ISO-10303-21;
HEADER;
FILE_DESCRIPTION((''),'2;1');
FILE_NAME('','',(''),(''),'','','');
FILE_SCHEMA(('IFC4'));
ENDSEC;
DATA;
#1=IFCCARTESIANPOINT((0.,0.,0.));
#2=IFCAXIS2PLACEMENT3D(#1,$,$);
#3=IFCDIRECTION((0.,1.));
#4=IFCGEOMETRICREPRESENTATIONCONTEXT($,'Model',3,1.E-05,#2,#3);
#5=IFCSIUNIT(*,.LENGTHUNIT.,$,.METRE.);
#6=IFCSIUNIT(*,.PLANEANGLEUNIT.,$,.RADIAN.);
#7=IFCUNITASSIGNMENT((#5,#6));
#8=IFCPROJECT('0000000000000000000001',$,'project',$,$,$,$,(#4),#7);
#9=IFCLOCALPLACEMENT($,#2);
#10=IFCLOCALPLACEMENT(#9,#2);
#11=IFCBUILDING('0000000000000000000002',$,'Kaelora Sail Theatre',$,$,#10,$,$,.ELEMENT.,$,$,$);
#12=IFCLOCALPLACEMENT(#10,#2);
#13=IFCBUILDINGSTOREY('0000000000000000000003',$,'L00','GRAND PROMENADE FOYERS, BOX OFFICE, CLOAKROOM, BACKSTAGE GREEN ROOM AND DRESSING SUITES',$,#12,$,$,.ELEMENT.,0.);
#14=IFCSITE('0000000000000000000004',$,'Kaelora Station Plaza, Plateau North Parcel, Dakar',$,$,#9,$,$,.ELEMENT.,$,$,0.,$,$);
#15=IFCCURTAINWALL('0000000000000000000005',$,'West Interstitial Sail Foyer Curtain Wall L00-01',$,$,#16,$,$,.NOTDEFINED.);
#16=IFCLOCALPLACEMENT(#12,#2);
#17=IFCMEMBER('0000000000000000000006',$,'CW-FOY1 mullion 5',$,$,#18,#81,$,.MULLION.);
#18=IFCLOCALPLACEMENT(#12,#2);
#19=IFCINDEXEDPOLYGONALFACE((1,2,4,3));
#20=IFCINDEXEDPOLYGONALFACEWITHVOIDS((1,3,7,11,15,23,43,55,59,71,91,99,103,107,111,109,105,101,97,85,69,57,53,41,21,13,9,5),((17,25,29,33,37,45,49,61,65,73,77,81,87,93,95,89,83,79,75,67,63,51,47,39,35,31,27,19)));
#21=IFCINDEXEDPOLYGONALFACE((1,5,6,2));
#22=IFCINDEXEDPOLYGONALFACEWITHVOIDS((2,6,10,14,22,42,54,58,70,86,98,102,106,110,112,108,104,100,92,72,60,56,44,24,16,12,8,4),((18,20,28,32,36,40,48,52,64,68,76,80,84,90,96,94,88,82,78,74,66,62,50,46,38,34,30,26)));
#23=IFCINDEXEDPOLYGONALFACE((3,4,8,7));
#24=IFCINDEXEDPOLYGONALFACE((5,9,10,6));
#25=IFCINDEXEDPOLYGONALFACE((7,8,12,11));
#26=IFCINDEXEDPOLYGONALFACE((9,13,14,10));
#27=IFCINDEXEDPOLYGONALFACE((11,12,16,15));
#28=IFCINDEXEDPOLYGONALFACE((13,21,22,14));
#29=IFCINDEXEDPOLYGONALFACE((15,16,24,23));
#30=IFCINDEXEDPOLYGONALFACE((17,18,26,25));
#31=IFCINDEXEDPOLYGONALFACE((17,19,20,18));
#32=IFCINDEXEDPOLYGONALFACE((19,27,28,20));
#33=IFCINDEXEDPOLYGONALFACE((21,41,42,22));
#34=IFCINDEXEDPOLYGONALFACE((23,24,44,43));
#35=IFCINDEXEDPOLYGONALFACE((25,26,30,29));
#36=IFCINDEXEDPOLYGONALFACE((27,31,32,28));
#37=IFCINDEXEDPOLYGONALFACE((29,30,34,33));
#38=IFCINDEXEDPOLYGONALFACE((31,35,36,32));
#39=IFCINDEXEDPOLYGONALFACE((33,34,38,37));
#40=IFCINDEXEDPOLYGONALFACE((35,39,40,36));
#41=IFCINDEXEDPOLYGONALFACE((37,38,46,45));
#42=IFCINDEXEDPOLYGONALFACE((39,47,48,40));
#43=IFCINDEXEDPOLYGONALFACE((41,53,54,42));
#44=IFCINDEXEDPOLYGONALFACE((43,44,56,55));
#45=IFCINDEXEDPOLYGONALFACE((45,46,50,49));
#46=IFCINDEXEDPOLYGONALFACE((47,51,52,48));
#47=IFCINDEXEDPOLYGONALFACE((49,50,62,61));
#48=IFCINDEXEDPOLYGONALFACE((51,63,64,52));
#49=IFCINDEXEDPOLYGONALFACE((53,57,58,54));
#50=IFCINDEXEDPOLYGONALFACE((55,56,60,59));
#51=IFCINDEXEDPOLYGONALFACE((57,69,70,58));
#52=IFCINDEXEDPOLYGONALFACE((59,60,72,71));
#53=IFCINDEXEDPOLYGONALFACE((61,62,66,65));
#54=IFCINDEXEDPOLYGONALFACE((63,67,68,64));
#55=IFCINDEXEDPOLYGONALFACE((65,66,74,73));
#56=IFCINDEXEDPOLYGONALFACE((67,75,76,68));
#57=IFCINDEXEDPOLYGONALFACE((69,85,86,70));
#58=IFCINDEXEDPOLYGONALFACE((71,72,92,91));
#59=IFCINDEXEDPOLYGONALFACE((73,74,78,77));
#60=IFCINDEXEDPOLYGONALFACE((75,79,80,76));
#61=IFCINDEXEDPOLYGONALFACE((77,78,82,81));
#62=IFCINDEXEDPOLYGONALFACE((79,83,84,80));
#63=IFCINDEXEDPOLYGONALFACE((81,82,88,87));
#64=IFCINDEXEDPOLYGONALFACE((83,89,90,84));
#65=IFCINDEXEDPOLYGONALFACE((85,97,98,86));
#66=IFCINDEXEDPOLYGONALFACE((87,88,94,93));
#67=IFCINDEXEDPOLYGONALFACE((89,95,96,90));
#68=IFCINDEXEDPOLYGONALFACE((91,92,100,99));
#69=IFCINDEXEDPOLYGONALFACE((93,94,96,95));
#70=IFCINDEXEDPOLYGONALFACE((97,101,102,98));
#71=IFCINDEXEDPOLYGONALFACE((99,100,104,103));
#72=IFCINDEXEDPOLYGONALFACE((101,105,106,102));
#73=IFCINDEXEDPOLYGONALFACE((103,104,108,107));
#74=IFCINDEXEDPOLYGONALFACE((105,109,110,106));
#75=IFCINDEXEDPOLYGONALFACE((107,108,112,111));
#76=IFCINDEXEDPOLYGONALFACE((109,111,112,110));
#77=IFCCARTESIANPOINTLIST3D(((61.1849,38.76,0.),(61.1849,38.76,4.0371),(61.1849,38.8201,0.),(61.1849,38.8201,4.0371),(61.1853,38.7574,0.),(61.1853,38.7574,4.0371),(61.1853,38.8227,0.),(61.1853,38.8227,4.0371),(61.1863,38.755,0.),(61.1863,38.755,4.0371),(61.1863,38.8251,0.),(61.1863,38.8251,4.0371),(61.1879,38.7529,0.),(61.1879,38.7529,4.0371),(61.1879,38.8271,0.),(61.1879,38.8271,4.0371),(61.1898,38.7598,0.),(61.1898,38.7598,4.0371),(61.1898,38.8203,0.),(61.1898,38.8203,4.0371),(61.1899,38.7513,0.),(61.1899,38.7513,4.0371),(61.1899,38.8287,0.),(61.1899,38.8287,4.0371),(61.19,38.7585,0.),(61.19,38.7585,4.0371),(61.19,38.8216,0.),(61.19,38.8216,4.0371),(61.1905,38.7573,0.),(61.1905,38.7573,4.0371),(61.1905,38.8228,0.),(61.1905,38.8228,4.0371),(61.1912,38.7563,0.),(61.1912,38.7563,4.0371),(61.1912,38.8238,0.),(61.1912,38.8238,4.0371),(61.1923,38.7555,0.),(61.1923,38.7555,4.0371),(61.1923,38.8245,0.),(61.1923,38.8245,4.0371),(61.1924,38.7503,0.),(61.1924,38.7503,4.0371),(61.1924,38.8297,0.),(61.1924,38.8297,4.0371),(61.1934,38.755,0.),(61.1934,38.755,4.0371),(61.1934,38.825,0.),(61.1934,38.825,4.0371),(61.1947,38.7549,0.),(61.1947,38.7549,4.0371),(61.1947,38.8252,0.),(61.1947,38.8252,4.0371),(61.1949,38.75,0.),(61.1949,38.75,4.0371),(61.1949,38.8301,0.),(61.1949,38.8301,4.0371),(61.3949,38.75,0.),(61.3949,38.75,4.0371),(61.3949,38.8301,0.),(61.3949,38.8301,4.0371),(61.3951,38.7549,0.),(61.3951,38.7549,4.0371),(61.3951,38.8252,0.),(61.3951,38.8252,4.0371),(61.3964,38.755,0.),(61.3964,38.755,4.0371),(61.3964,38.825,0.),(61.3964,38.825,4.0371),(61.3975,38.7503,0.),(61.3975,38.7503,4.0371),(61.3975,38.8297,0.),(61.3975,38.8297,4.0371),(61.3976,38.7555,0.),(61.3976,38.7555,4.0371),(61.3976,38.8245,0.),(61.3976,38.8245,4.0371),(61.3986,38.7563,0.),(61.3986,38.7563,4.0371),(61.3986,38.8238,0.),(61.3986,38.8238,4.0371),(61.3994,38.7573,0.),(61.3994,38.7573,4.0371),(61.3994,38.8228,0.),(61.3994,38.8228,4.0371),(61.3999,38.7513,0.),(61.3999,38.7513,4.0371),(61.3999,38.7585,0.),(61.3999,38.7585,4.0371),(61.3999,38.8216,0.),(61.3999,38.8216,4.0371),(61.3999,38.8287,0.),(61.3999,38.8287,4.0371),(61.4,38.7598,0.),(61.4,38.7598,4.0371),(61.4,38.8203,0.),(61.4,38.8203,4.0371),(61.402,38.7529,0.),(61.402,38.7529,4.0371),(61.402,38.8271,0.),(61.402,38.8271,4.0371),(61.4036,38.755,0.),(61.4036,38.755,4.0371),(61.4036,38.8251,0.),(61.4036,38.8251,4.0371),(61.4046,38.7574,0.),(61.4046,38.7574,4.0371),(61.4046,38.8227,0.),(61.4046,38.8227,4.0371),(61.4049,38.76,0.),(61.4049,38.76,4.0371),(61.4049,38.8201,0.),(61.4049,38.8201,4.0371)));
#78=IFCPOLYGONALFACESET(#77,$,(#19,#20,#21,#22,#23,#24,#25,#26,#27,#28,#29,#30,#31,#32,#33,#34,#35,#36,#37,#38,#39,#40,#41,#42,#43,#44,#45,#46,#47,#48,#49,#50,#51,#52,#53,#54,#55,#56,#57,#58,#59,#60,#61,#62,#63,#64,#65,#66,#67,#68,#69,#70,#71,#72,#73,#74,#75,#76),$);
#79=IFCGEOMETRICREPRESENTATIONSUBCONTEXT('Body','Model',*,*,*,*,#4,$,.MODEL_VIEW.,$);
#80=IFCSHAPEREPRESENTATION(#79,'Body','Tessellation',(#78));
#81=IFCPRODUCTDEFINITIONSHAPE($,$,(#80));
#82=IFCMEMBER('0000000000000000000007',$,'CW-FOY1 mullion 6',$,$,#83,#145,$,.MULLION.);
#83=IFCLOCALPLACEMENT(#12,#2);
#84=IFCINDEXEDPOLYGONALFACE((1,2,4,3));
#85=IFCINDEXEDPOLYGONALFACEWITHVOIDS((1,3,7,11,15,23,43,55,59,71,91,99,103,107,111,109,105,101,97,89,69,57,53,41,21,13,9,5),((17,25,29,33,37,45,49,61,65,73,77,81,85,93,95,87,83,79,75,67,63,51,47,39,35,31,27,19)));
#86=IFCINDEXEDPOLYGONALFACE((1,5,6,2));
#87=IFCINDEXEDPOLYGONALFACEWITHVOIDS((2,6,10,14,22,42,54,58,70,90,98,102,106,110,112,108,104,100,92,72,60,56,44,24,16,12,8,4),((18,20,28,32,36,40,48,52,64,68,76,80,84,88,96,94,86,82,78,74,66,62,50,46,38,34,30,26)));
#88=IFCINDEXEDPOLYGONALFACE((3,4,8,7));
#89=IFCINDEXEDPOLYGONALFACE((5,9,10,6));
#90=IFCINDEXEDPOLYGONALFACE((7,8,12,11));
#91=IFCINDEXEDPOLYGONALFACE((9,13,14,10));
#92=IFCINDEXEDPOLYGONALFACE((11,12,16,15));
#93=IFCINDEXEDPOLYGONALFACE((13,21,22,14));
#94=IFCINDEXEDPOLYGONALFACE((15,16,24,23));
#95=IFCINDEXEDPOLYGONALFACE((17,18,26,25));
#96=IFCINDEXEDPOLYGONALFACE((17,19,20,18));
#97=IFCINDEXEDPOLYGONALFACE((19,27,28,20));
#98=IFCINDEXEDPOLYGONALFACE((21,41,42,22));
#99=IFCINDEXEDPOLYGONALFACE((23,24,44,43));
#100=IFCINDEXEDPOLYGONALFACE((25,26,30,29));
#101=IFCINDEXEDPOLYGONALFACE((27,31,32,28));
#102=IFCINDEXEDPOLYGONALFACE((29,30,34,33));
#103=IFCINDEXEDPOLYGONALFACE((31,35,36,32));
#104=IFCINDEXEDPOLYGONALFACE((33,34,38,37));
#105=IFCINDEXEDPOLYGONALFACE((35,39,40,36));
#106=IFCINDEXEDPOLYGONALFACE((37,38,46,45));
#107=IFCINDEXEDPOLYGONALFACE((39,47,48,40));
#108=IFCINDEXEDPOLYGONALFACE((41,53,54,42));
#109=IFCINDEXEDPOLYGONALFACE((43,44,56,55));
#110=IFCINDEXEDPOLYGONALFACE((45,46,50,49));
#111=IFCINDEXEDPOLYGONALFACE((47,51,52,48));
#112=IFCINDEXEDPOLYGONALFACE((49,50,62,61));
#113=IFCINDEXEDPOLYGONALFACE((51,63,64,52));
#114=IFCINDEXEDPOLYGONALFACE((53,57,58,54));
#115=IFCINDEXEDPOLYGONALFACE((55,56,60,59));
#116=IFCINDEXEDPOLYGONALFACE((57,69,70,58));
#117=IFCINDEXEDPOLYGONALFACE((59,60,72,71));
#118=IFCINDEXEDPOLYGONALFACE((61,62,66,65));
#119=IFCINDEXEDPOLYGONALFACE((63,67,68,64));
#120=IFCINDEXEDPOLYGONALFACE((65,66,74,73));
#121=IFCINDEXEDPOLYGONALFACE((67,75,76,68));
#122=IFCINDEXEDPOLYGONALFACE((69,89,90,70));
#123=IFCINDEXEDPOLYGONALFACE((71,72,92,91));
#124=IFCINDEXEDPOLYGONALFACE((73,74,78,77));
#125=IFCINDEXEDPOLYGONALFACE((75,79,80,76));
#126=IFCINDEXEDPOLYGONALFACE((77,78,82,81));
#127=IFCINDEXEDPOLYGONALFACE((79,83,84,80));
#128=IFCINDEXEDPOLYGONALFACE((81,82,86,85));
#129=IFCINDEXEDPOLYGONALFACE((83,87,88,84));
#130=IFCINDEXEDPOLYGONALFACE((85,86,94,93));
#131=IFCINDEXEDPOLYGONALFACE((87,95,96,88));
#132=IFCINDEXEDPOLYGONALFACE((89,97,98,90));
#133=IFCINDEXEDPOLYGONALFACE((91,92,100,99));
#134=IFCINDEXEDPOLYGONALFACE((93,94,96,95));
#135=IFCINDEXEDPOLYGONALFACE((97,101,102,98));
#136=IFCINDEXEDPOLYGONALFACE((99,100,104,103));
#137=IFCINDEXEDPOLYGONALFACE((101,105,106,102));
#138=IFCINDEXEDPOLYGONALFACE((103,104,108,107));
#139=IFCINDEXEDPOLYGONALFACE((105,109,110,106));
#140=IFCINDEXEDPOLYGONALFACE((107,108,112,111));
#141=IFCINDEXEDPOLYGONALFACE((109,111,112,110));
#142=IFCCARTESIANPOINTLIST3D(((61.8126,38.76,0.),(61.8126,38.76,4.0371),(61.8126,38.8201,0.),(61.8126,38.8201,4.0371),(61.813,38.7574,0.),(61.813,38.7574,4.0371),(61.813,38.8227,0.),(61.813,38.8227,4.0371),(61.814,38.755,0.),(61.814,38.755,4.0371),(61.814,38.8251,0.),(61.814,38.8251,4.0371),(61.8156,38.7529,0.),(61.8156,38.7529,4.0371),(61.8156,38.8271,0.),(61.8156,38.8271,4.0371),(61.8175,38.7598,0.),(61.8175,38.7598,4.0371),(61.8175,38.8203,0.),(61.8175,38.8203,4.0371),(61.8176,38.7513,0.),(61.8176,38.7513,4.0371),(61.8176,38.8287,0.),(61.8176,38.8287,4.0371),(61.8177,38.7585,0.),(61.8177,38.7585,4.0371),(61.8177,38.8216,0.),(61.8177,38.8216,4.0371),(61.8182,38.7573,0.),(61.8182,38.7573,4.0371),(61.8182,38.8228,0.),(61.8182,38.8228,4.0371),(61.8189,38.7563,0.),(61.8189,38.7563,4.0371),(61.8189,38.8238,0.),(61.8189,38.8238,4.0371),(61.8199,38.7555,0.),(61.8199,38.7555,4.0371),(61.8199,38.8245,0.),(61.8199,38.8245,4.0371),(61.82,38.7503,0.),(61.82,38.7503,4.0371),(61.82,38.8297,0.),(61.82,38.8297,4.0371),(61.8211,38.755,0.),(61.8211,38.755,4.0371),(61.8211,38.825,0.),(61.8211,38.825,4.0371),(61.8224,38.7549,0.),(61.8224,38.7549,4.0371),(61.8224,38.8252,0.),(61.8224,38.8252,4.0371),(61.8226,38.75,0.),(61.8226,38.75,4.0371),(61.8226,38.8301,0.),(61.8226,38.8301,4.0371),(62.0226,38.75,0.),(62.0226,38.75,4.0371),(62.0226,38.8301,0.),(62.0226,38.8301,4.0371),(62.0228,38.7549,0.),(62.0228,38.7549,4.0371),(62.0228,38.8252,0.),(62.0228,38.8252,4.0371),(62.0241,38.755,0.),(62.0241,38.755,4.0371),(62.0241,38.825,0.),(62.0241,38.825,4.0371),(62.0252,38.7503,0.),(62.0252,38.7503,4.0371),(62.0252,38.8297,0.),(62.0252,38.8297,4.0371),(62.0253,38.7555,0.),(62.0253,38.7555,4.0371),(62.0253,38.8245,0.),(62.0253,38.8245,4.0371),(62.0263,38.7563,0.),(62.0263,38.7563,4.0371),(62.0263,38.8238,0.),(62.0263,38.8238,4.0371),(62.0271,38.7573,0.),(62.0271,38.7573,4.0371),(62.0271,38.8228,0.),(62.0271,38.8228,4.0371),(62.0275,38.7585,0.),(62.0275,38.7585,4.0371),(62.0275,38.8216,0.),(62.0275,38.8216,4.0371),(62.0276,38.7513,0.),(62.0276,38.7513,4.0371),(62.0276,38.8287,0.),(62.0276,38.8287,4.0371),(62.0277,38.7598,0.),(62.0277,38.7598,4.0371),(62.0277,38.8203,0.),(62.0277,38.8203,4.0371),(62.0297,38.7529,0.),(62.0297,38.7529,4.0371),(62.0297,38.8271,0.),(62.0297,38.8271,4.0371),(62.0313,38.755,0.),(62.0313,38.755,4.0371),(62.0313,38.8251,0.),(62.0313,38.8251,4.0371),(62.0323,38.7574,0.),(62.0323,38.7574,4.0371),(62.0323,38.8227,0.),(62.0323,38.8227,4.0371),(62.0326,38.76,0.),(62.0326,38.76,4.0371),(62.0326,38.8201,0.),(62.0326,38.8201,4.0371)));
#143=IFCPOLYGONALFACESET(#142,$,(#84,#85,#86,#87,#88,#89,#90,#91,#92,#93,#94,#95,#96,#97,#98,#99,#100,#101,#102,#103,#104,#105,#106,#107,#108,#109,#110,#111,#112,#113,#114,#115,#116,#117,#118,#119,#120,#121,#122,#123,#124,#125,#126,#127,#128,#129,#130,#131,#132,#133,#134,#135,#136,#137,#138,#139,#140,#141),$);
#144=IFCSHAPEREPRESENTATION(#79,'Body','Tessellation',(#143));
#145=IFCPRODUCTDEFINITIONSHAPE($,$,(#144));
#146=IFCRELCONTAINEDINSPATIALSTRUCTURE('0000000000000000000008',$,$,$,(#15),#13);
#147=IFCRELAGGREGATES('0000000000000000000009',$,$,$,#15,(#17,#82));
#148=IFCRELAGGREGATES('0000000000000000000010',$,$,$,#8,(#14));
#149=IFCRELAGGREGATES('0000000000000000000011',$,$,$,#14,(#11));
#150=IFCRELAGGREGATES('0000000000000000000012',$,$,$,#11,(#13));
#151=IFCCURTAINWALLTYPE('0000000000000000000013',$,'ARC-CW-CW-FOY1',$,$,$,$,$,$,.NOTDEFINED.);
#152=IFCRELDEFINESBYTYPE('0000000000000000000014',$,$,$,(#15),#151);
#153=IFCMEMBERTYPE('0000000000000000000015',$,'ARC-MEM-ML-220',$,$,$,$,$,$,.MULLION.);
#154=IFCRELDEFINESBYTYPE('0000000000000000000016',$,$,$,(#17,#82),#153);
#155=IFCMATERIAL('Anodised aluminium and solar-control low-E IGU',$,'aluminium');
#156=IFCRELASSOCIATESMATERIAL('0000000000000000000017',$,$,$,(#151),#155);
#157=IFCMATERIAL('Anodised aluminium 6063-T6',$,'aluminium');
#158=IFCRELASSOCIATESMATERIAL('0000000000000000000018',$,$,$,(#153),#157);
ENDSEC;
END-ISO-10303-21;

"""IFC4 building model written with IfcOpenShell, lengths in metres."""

from ifc_helpers import new_model, si_unit, direction, frame, origin, origin_2d, place, context, subcontext, project, spatial, hollow_rectangle, extrude, material, material_profile, profile_set, type_object, element, aggregate, save


model = new_model("IFC4")

# Units and contexts
model_context = context("Model", 3, precision=1e-05, world=origin(), true_north=direction((0.0, 1.0)))
body_context = subcontext(model_context, "Body", "Model", "MODEL_VIEW")
ifc_project = project(units=[si_unit("LENGTHUNIT", "METRE"), si_unit("PLANEANGLEUNIT", "RADIAN")], contexts=[model_context])

# Site, building, storey
site_placement = place(None, origin())
site = spatial("IfcSite", under=ifc_project, at=site_placement, Name="Kaelora Station Plaza, Plateau North Parcel, Dakar", CompositionType="ELEMENT", RefElevation=0.0)
building_placement = place(site_placement, origin())
building = spatial("IfcBuilding", under=site, at=building_placement, Name="Kaelora Sail Theatre", CompositionType="ELEMENT")
storey_placement = place(building_placement, origin())
storey = spatial("IfcBuildingStorey", under=building, at=storey_placement, Name="L00", Description="GRAND PROMENADE FOYERS, BOX OFFICE, CLOAKROOM, BACKSTAGE GREEN ROOM AND DRESSING SUITES", CompositionType="ELEMENT", Elevation=0.0)

# Curtain wall, members
ifc_material_1 = material(Name="Anodised aluminium and solar-control low-E IGU", Category="aluminium")
curtain_wall_type = type_object("IfcCurtainWallType", Name="ARC-CW-CW-FOY1", PredefinedType="NOTDEFINED", material=ifc_material_1)
curtain_wall_placement = place(storey_placement, origin())
curtain_wall = element("IfcCurtainWall", 1, at=curtain_wall_placement, inside=storey, type_object=curtain_wall_type, Name="West Interstitial Sail Foyer Curtain Wall L00-01", PredefinedType="NOTDEFINED")
ifc_material_2 = material(Name="Anodised aluminium 6063-T6", Category="aluminium")
ifc_material_profile_1 = material_profile(ifc_material_2, hollow_rectangle(XDim=0.0801, YDim=0.22, WallThickness=0.0049, InnerFilletRadius=0.0049, OuterFilletRadius=0.01, at=origin_2d()), Name="ALU-MULL 80x220x5")
ifc_profile_set_1 = profile_set([ifc_material_profile_1], Name="Anodised aluminium 6063-T6")
member_type_1 = type_object("IfcMemberType", Name="ARC-MEM-ML-220", PredefinedType="MULLION", material=ifc_profile_set_1)
member_1_placement = place(storey_placement, frame((61.2949, 38.79, 0.0), z_axis=(0.0, 0.0, 1.0), x_axis=(0.0, 1.0, 0.0)))
member_1 = element("IfcMember", 2, at=member_1_placement, type_object=member_type_1, Name="CW-FOY1 mullion 5", PredefinedType="MULLION", context=body_context, shape_type="SweptSolid", body=[
    extrude(hollow_rectangle(XDim=0.0801, YDim=0.22, WallThickness=0.0049, InnerFilletRadius=0.0049, OuterFilletRadius=0.01, at=origin_2d()), origin(), (0.0, 0.0, 1.0), 4.0371),
])
member_2_placement = place(storey_placement, frame((61.9226, 38.79, 0.0), z_axis=(0.0, 0.0, 1.0), x_axis=(0.0, 1.0, 0.0)))
member_2 = element("IfcMember", 3, at=member_2_placement, type_object=member_type_1, Name="CW-FOY1 mullion 6", PredefinedType="MULLION", context=body_context, shape_type="SweptSolid", body=[
    extrude(hollow_rectangle(XDim=0.0801, YDim=0.22, WallThickness=0.0049, InnerFilletRadius=0.0049, OuterFilletRadius=0.01, at=origin_2d()), origin(), (0.0, 0.0, 1.0), 4.0371),
])
aggregate(curtain_wall, [member_1, member_2])

save(model, "model.ifc")
